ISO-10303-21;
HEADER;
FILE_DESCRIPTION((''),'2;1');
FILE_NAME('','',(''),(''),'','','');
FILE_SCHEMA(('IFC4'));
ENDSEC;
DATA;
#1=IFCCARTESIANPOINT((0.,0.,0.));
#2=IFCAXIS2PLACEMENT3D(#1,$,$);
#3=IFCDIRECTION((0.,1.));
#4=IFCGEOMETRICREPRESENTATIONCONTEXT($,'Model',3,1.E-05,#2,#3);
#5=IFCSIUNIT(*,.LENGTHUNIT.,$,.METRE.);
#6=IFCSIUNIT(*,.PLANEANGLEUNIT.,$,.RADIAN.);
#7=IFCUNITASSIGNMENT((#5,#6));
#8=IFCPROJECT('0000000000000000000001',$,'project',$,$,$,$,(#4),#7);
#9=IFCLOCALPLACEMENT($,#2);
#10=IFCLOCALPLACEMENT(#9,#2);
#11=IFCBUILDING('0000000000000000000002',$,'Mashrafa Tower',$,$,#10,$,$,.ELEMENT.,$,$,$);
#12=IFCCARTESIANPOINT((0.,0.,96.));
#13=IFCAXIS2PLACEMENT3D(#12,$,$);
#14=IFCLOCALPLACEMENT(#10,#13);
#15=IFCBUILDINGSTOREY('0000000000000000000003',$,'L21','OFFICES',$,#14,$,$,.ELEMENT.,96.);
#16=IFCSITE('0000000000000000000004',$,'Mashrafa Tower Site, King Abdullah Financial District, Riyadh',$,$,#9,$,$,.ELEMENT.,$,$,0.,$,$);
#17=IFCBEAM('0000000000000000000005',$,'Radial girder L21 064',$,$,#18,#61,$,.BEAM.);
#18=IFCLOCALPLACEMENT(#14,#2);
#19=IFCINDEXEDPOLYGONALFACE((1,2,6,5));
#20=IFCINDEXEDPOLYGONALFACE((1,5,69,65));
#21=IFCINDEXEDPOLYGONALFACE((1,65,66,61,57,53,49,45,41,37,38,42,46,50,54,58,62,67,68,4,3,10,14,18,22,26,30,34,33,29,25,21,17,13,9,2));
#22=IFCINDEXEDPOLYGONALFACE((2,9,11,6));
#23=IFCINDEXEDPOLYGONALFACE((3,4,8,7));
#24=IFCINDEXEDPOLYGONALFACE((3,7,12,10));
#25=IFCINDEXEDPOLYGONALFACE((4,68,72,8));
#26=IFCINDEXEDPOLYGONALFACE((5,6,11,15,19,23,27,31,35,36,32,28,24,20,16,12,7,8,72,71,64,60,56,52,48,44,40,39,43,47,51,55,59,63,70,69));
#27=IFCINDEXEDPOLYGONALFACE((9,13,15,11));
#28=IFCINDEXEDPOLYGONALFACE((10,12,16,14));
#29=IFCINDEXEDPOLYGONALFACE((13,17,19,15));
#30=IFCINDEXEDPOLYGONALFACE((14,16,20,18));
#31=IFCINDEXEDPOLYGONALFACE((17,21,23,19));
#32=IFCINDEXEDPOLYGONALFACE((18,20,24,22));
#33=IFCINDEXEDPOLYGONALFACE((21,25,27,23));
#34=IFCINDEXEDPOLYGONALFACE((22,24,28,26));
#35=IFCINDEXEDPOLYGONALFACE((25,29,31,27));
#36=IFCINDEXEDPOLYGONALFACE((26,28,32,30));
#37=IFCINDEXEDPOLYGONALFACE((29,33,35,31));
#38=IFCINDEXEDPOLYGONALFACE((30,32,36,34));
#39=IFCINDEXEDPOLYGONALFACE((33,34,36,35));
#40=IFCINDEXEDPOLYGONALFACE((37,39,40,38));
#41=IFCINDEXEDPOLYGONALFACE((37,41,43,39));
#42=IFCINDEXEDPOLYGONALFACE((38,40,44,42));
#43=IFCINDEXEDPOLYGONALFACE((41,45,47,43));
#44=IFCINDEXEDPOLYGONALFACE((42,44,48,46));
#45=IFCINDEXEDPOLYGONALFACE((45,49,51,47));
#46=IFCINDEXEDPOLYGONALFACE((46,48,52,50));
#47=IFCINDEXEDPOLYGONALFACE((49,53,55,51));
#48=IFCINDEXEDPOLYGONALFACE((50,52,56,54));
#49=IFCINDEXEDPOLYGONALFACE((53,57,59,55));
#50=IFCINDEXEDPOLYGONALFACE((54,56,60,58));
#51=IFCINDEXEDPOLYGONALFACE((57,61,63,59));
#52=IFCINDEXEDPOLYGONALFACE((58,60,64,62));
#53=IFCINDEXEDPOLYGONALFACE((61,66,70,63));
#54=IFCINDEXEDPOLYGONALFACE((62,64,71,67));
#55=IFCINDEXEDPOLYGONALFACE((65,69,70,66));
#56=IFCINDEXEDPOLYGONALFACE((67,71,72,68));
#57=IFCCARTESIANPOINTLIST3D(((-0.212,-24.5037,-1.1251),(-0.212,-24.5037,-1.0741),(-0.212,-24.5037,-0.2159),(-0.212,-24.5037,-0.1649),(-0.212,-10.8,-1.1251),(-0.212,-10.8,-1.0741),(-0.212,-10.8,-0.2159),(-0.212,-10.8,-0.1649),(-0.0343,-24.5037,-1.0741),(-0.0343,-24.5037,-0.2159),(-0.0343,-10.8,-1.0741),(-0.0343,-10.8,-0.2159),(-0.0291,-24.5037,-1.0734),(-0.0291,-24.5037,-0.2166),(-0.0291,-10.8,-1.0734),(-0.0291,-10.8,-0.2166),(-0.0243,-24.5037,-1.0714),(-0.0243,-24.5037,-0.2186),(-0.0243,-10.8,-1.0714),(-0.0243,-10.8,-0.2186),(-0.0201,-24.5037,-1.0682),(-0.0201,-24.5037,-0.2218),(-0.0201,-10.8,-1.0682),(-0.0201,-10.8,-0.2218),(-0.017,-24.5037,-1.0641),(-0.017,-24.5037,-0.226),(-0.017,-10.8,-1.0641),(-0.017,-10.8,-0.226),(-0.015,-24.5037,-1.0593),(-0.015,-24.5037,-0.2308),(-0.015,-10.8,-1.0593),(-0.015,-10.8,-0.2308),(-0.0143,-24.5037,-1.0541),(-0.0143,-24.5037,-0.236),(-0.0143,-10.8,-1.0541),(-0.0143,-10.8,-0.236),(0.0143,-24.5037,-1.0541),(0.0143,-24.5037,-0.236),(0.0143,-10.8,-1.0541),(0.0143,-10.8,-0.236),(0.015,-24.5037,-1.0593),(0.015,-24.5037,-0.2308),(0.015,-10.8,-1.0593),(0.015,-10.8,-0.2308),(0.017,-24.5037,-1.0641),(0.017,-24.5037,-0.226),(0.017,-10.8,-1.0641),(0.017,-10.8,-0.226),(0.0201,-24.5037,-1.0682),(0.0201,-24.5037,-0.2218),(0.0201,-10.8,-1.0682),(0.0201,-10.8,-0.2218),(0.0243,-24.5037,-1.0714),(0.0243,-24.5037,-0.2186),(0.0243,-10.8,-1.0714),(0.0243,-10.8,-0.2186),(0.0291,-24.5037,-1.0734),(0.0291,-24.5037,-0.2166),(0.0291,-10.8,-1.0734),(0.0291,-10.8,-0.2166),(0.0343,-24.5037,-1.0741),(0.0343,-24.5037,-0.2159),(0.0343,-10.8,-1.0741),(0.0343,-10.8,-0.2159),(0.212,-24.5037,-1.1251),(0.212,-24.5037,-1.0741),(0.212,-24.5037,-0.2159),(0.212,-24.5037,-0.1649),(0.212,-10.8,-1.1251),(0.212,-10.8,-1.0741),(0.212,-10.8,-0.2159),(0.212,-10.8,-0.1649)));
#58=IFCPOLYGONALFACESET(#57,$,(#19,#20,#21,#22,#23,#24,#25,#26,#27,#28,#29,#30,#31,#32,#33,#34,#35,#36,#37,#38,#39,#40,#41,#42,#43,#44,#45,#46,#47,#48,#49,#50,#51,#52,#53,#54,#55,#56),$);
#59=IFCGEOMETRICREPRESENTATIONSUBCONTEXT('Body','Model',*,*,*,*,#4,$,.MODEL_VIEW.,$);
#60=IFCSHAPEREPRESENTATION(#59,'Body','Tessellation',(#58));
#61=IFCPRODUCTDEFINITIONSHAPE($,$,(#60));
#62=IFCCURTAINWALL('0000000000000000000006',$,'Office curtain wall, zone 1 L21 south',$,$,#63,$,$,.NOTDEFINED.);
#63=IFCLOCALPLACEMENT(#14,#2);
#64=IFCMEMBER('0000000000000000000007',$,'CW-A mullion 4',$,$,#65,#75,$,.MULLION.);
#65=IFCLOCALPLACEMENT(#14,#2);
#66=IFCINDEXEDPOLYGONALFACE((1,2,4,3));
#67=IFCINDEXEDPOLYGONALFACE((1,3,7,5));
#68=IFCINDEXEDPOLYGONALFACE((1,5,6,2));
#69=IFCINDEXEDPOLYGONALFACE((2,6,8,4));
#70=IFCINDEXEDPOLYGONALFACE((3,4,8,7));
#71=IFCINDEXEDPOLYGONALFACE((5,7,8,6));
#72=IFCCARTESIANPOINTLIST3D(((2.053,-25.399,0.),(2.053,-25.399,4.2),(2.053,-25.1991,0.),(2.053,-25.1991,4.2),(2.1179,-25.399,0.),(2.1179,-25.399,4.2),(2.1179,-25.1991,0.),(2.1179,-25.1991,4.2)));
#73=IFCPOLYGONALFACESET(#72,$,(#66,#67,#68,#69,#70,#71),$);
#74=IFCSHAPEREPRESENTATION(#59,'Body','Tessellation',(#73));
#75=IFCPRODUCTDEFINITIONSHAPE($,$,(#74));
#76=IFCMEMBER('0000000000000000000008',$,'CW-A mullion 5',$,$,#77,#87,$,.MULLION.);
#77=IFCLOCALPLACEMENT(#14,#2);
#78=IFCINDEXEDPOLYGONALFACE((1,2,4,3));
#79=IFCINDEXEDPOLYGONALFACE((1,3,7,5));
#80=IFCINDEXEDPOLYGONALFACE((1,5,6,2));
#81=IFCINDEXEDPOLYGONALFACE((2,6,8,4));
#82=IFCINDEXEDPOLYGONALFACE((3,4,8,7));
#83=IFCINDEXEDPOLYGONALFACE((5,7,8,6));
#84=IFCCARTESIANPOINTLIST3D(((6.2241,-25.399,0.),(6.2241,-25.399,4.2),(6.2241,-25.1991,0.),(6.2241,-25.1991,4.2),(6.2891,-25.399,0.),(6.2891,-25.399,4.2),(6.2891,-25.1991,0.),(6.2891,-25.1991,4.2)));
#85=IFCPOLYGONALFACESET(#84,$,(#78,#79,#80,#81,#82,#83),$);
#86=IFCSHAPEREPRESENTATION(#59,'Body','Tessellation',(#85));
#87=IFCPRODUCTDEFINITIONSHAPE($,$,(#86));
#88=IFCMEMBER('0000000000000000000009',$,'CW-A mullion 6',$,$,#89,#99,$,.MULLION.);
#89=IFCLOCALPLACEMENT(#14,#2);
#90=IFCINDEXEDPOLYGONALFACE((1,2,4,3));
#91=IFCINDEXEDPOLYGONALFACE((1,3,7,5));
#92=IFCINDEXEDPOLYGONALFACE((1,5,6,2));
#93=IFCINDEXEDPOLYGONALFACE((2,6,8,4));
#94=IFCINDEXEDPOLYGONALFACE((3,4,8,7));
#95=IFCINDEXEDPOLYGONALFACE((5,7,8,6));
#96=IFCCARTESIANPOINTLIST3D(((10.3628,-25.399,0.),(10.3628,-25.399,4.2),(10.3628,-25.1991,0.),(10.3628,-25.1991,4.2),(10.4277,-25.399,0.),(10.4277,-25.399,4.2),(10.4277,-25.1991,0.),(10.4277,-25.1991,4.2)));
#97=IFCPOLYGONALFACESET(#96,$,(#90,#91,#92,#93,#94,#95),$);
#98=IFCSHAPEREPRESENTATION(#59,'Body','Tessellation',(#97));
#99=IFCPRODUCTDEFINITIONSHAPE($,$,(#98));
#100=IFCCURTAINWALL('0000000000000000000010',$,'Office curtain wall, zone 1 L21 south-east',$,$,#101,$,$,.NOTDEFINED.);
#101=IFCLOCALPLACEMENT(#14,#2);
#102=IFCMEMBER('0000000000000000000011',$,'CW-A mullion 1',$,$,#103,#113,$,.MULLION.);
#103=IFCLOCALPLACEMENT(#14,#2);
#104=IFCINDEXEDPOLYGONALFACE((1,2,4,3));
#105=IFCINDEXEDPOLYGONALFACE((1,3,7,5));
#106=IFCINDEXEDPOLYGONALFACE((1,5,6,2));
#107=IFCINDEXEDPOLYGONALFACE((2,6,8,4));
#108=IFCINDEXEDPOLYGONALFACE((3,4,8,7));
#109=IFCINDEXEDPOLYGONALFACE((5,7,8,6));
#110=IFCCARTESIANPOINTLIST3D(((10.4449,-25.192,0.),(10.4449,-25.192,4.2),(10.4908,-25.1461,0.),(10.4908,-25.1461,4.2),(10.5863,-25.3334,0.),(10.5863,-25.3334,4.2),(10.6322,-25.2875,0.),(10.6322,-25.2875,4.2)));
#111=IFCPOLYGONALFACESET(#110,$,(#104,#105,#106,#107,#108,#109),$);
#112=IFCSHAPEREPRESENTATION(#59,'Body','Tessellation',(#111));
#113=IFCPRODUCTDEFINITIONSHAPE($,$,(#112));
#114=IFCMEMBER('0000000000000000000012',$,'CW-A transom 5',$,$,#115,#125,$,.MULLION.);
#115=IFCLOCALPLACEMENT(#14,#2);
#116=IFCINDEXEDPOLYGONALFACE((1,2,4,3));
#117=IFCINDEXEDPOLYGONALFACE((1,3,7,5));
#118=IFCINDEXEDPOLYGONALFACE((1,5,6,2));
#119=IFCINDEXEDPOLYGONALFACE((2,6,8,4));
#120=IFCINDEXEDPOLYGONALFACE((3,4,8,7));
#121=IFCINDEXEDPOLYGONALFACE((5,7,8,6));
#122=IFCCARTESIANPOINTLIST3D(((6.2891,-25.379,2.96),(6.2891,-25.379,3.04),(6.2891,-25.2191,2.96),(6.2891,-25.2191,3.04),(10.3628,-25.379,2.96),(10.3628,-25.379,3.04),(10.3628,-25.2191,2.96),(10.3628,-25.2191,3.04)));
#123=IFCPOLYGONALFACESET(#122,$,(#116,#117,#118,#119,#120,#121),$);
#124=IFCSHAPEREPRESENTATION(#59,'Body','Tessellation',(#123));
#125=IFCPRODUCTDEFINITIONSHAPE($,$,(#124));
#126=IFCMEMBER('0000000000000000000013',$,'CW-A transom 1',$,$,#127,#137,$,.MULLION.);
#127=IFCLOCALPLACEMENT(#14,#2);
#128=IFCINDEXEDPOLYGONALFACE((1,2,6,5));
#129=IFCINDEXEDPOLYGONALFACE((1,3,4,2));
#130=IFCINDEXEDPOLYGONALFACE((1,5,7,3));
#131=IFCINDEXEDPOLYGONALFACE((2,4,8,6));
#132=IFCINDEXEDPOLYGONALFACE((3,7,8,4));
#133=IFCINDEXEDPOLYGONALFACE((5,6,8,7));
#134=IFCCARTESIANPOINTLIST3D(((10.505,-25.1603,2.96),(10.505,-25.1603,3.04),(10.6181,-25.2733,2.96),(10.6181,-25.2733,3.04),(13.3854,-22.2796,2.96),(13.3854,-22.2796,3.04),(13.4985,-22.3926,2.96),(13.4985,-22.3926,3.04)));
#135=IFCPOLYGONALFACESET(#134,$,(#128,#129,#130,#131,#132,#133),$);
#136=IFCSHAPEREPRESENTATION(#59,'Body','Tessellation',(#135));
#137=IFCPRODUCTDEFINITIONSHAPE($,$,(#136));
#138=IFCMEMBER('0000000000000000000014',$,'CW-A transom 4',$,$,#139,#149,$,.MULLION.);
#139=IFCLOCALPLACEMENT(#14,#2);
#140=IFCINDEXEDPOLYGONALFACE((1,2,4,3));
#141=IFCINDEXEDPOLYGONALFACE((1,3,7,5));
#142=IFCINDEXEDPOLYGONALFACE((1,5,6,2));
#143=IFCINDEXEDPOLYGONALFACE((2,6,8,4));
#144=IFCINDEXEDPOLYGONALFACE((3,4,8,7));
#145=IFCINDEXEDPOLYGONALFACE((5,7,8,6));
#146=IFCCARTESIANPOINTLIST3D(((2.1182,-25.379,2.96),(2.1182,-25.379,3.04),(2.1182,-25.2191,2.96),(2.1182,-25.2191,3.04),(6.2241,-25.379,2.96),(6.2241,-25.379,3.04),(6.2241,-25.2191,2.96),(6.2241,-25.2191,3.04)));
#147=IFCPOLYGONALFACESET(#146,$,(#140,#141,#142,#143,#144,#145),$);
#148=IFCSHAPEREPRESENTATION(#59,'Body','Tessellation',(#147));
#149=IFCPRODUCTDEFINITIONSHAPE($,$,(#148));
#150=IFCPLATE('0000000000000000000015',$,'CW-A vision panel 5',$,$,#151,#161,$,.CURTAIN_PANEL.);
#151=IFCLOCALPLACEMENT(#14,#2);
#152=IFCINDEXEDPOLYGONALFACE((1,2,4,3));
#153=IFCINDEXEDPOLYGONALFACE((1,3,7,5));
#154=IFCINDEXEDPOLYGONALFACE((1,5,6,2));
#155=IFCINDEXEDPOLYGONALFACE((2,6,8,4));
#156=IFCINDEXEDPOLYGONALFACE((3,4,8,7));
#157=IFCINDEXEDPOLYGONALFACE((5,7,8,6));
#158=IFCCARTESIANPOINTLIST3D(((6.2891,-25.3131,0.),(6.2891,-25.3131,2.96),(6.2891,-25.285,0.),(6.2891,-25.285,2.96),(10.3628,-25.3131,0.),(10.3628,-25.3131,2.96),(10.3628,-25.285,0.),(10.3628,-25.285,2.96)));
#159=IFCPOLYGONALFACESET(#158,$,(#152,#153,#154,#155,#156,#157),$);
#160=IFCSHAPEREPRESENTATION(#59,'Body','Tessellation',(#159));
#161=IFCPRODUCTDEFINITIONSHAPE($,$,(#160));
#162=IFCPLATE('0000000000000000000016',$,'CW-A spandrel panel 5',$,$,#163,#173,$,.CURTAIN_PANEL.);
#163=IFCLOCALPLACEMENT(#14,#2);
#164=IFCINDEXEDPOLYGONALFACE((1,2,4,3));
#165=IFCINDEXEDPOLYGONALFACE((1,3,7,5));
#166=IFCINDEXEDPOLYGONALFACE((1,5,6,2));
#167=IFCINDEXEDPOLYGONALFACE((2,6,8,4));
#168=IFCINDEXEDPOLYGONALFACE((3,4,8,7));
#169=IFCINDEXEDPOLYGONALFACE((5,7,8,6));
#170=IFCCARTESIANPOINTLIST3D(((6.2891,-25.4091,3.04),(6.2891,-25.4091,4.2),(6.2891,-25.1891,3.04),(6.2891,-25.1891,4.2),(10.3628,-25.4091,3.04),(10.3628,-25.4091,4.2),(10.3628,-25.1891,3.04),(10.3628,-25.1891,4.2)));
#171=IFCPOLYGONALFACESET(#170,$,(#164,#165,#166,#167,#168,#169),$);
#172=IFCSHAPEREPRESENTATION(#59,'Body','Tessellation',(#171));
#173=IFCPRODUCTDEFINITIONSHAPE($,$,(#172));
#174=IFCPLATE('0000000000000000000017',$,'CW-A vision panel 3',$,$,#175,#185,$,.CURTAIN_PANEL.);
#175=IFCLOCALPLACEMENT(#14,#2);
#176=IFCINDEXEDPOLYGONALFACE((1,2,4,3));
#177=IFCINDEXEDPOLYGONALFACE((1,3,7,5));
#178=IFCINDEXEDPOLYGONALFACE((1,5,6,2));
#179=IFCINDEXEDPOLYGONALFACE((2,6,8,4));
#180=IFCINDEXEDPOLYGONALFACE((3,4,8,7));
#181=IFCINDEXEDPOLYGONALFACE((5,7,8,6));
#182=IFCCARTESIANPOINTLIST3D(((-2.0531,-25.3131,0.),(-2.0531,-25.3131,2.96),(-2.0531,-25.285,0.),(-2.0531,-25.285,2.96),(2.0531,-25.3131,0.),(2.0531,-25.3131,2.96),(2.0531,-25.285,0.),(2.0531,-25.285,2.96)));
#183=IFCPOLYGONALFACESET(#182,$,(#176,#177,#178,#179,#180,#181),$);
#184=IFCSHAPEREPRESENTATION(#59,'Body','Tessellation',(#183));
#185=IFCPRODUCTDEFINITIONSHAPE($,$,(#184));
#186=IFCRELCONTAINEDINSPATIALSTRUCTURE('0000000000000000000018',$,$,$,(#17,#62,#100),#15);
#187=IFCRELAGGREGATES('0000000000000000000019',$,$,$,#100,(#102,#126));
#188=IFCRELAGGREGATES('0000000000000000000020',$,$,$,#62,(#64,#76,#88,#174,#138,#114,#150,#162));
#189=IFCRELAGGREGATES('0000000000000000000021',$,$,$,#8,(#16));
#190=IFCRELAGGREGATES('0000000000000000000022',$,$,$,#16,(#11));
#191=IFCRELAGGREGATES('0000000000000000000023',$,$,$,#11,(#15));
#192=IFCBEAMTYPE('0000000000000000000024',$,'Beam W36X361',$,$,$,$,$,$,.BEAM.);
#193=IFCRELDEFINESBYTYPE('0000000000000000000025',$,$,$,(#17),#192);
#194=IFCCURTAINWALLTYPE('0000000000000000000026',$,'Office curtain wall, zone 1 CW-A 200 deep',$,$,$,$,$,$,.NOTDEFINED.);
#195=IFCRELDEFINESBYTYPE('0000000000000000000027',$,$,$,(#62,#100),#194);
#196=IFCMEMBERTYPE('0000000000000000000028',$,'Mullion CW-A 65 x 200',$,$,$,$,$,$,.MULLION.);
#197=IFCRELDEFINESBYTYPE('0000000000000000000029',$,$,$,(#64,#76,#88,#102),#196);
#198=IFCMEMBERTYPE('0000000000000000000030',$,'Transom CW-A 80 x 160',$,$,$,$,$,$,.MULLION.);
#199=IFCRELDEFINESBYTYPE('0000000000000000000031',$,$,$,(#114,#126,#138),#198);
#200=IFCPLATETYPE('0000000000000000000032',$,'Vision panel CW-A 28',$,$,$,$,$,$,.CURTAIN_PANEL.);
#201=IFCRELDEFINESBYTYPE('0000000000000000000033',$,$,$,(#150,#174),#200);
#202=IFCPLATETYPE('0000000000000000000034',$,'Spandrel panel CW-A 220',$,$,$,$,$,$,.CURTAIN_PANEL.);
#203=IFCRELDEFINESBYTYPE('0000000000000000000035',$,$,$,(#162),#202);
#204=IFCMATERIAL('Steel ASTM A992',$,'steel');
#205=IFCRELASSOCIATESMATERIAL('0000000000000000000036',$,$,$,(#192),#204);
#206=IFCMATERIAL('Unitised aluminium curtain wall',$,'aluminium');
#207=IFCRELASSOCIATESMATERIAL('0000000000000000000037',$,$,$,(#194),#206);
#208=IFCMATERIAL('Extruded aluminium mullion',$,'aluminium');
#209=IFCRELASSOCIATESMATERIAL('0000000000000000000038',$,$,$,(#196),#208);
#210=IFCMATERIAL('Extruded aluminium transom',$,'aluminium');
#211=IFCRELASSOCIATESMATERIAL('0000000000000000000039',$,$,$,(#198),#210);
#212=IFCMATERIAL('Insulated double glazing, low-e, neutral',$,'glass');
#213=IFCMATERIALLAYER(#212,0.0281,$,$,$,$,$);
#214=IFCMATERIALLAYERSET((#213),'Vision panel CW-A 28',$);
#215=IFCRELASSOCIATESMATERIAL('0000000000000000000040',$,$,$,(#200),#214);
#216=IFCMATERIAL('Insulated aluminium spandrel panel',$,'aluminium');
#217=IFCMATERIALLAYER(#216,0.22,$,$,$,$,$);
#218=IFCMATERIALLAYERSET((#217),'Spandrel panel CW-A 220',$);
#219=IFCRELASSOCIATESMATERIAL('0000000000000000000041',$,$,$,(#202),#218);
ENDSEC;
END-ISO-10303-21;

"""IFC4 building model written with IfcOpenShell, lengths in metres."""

from ifc_helpers import new_model, si_unit, direction, frame, origin, origin_2d, place, context, subcontext, project, spatial, rectangle, i_section, extrude, source, transform, mapped, material, layer, layer_set, material_profile, profile_set, type_object, type_shapes, element, aggregate, save


model = new_model("IFC4")

# Units and contexts
model_context = context("Model", 3, precision=1e-05, world=origin(), true_north=direction((0.0, 1.0)))
body_context = subcontext(model_context, "Body", "Model", "MODEL_VIEW")
ifc_project = project(units=[si_unit("LENGTHUNIT", "METRE"), si_unit("PLANEANGLEUNIT", "RADIAN")], contexts=[model_context])

# Site, building, storey
site_placement = place(None, origin())
site = spatial("IfcSite", under=ifc_project, at=site_placement, Name="Mashrafa Tower Site, King Abdullah Financial District, Riyadh", CompositionType="ELEMENT", RefElevation=0.0)
building_placement = place(site_placement, origin())
building = spatial("IfcBuilding", under=site, at=building_placement, Name="Mashrafa Tower", CompositionType="ELEMENT")
storey_placement = place(building_placement, frame((0.0, 0.0, 96.0)))
storey = spatial("IfcBuildingStorey", under=building, at=storey_placement, Name="L21", Description="OFFICES", CompositionType="ELEMENT", Elevation=96.0)

# Beam
ifc_material_1 = material(Name="Steel ASTM A992", Category="steel")
ifc_material_profile_1 = material_profile(ifc_material_1, i_section(OverallWidth=0.4241, OverallDepth=0.9602, WebThickness=0.0286, FlangeThickness=0.051, FilletRadius=0.02, at=origin_2d()), Name="W36X361")
ifc_profile_set_1 = profile_set([ifc_material_profile_1], Name="Steel ASTM A992")
beam_type_1 = type_object("IfcBeamType", Name="Beam W36X361", PredefinedType="BEAM", material=ifc_profile_set_1)
beam_1_placement = place(storey_placement, frame((0.0, -10.8, -0.645), z_axis=(0.0, -1.0, 0.0), x_axis=(1.0, 0.0, 0.0)))
element("IfcBeam", 1, at=beam_1_placement, inside=storey, type_object=beam_type_1, Name="Radial girder L21 064", PredefinedType="BEAM", context=body_context, shape_type="SweptSolid", body=[
    extrude(i_section(OverallWidth=0.4241, OverallDepth=0.9602, WebThickness=0.0286, FlangeThickness=0.051, FilletRadius=0.02, at=origin_2d()), origin(), (0.0, 0.0, 1.0), 13.7036),
])

# Curtain wall, members
ifc_material_2 = material(Name="Unitised aluminium curtain wall", Category="aluminium")
curtain_wall_type = type_object("IfcCurtainWallType", Name="Office curtain wall, zone 1 CW-A 200 deep", PredefinedType="NOTDEFINED", material=ifc_material_2)
curtain_wall_1_placement = place(storey_placement, origin())
curtain_wall_1 = element("IfcCurtainWall", 2, at=curtain_wall_1_placement, inside=storey, type_object=curtain_wall_type, Name="Office curtain wall, zone 1 L21 south", PredefinedType="NOTDEFINED")
ifc_material_3 = material(Name="Extruded aluminium mullion", Category="aluminium")
ifc_material_profile_2 = material_profile(ifc_material_3, rectangle(XDim=0.2, YDim=0.0649, at=origin_2d()), Name="Mullion 65x200")
ifc_profile_set_2 = profile_set([ifc_material_profile_2], Name="Extruded aluminium mullion")
member_type_1 = type_object("IfcMemberType", Name="Mullion CW-A 65 x 200", PredefinedType="MULLION", material=ifc_profile_set_2)
shared_shape_1 = source(origin(), body_context, "Body", "SweptSolid", [
    extrude(rectangle(XDim=0.2, YDim=0.0649, at=origin_2d()), origin(), (0.0, 0.0, 1.0), 4.2),
])
type_shapes(member_type_1, [shared_shape_1])
member_1_placement = place(storey_placement, frame((2.0854, -25.2991, 0.0), z_axis=(0.0, 0.0, 1.0), x_axis=(0.0, 1.0, 0.0)))
member_1 = element("IfcMember", 3, at=member_1_placement, type_object=member_type_1, Name="CW-A mullion 4", PredefinedType="MULLION", context=body_context, shape_type="MappedRepresentation", body=[
    mapped(shared_shape_1, transform((0.0, 0.0, 0.0))),
])
member_2_placement = place(storey_placement, frame((6.2566, -25.2991, 0.0), z_axis=(0.0, 0.0, 1.0), x_axis=(0.0, 1.0, 0.0)))
member_2 = element("IfcMember", 4, at=member_2_placement, type_object=member_type_1, Name="CW-A mullion 5", PredefinedType="MULLION", context=body_context, shape_type="MappedRepresentation", body=[
    mapped(shared_shape_1, transform((0.0, 0.0, 0.0))),
])
member_3_placement = place(storey_placement, frame((10.3953, -25.2991, 0.0), z_axis=(0.0, 0.0, 1.0), x_axis=(0.0, 1.0, 0.0)))
member_3 = element("IfcMember", 5, at=member_3_placement, type_object=member_type_1, Name="CW-A mullion 6", PredefinedType="MULLION", context=body_context, shape_type="MappedRepresentation", body=[
    mapped(shared_shape_1, transform((0.0, 0.0, 0.0))),
])

# Curtain wall, member
curtain_wall_2_placement = place(storey_placement, origin())
curtain_wall_2 = element("IfcCurtainWall", 6, at=curtain_wall_2_placement, inside=storey, type_object=curtain_wall_type, Name="Office curtain wall, zone 1 L21 south-east", PredefinedType="NOTDEFINED")
member_4_placement = place(storey_placement, frame((10.5386, -25.2397, 0.0), z_axis=(0.0, 0.0, 1.0), x_axis=(-0.707107, 0.707107, 0.0)))
member_4 = element("IfcMember", 7, at=member_4_placement, type_object=member_type_1, Name="CW-A mullion 1", PredefinedType="MULLION", context=body_context, shape_type="MappedRepresentation", body=[
    mapped(shared_shape_1, transform((0.0, 0.0, 0.0))),
])

# Members
ifc_material_4 = material(Name="Extruded aluminium transom", Category="aluminium")
ifc_material_profile_3 = material_profile(ifc_material_4, rectangle(XDim=0.1599, YDim=0.0801, at=origin_2d()), Name="Transom 80x160")
ifc_profile_set_3 = profile_set([ifc_material_profile_3], Name="Extruded aluminium transom")
member_type_2 = type_object("IfcMemberType", Name="Transom CW-A 80 x 160", PredefinedType="MULLION", material=ifc_profile_set_3)
shared_shape_2 = source(origin(), body_context, "Body", "SweptSolid", [
    extrude(rectangle(XDim=0.1599, YDim=0.0801, at=origin_2d()), origin(), (0.0, 0.0, 1.0), 4.0737),
])
member_5_placement = place(storey_placement, frame((6.2891, -25.2991, 3.0), z_axis=(1.0, 0.0, 0.0), x_axis=(0.0, 1.0, 0.0)))
member_5 = element("IfcMember", 8, at=member_5_placement, type_object=member_type_2, Name="CW-A transom 5", PredefinedType="MULLION", context=body_context, shape_type="MappedRepresentation", body=[
    mapped(shared_shape_2, transform((0.0, 0.0, 0.0))),
])
member_6_placement = place(storey_placement, frame((10.5615, -25.2168, 3.0), z_axis=(0.707077, 0.707137, 0.0), x_axis=(-0.707137, 0.707077, 0.0)))
member_6 = element("IfcMember", 9, at=member_6_placement, type_object=member_type_2, Name="CW-A transom 1", PredefinedType="MULLION", context=body_context, shape_type="MappedRepresentation", body=[
    mapped(shared_shape_2, transform((0.0, 0.0, 0.0))),
])
aggregate(curtain_wall_2, [member_4, member_6])
shared_shape_3 = source(origin(), body_context, "Body", "SweptSolid", [
    extrude(rectangle(XDim=0.1599, YDim=0.0801, at=origin_2d()), origin(), (0.0, 0.0, 1.0), 4.106),
])
type_shapes(member_type_2, [shared_shape_2, shared_shape_3])
member_7_placement = place(storey_placement, frame((2.1182, -25.2991, 3.0), z_axis=(1.0, 0.0, 0.0), x_axis=(0.0, 1.0, 0.0)))
member_7 = element("IfcMember", 10, at=member_7_placement, type_object=member_type_2, Name="CW-A transom 4", PredefinedType="MULLION", context=body_context, shape_type="MappedRepresentation", body=[
    mapped(shared_shape_3, transform((0.0, 0.0, 0.0))),
])

# Plates
ifc_material_5 = material(Name="Insulated double glazing, low-e, neutral", Category="glass")
ifc_layer_1 = layer(ifc_material_5, 0.0281)
ifc_layer_set_1 = layer_set([ifc_layer_1], Name="Vision panel CW-A 28")
plate_type_1 = type_object("IfcPlateType", Name="Vision panel CW-A 28", PredefinedType="CURTAIN_PANEL", material=ifc_layer_set_1)
shared_shape_4 = source(origin(), body_context, "Body", "SweptSolid", [
    extrude(rectangle(XDim=4.0737, YDim=0.0281, at=origin_2d()), origin(), (0.0, 0.0, 1.0), 2.96),
])
plate_1_placement = place(storey_placement, frame((8.3259, -25.2991, 0.0), z_axis=(0.0, 0.0, 1.0), x_axis=(1.0, 0.0, 0.0)))
plate_1 = element("IfcPlate", 11, at=plate_1_placement, type_object=plate_type_1, Name="CW-A vision panel 5", PredefinedType="CURTAIN_PANEL", context=body_context, shape_type="MappedRepresentation", body=[
    mapped(shared_shape_4, transform((0.0, 0.0, 0.0))),
])
ifc_material_6 = material(Name="Insulated aluminium spandrel panel", Category="aluminium")
ifc_layer_2 = layer(ifc_material_6, 0.22)
ifc_layer_set_2 = layer_set([ifc_layer_2], Name="Spandrel panel CW-A 220")
plate_type_2 = type_object("IfcPlateType", Name="Spandrel panel CW-A 220", PredefinedType="CURTAIN_PANEL", material=ifc_layer_set_2)
shared_shape_5 = source(origin(), body_context, "Body", "SweptSolid", [
    extrude(rectangle(XDim=4.0737, YDim=0.22, at=origin_2d()), origin(), (0.0, 0.0, 1.0), 1.1599),
])
plate_2_placement = place(storey_placement, frame((8.3259, -25.2991, 3.04), z_axis=(0.0, 0.0, 1.0), x_axis=(1.0, 0.0, 0.0)))
plate_2 = element("IfcPlate", 12, at=plate_2_placement, type_object=plate_type_2, Name="CW-A spandrel panel 5", PredefinedType="CURTAIN_PANEL", context=body_context, shape_type="MappedRepresentation", body=[
    mapped(shared_shape_5, transform((0.0, 0.0, 0.0))),
])
shared_shape_6 = source(origin(), body_context, "Body", "SweptSolid", [
    extrude(rectangle(XDim=4.1062, YDim=0.0281, at=origin_2d()), origin(), (0.0, 0.0, 1.0), 2.96),
])
type_shapes(plate_type_1, [shared_shape_4, shared_shape_6])
plate_3_placement = place(storey_placement, frame((0.0, -25.2991, 0.0), z_axis=(0.0, 0.0, 1.0), x_axis=(1.0, 0.0, 0.0)))
plate_3 = element("IfcPlate", 13, at=plate_3_placement, type_object=plate_type_1, Name="CW-A vision panel 3", PredefinedType="CURTAIN_PANEL", context=body_context, shape_type="MappedRepresentation", body=[
    mapped(shared_shape_6, transform((0.0, 0.0, 0.0))),
])
aggregate(curtain_wall_1, [member_1, member_2, member_3, plate_3, member_7, member_5, plate_1, plate_2])

save(model, "model.ifc")
